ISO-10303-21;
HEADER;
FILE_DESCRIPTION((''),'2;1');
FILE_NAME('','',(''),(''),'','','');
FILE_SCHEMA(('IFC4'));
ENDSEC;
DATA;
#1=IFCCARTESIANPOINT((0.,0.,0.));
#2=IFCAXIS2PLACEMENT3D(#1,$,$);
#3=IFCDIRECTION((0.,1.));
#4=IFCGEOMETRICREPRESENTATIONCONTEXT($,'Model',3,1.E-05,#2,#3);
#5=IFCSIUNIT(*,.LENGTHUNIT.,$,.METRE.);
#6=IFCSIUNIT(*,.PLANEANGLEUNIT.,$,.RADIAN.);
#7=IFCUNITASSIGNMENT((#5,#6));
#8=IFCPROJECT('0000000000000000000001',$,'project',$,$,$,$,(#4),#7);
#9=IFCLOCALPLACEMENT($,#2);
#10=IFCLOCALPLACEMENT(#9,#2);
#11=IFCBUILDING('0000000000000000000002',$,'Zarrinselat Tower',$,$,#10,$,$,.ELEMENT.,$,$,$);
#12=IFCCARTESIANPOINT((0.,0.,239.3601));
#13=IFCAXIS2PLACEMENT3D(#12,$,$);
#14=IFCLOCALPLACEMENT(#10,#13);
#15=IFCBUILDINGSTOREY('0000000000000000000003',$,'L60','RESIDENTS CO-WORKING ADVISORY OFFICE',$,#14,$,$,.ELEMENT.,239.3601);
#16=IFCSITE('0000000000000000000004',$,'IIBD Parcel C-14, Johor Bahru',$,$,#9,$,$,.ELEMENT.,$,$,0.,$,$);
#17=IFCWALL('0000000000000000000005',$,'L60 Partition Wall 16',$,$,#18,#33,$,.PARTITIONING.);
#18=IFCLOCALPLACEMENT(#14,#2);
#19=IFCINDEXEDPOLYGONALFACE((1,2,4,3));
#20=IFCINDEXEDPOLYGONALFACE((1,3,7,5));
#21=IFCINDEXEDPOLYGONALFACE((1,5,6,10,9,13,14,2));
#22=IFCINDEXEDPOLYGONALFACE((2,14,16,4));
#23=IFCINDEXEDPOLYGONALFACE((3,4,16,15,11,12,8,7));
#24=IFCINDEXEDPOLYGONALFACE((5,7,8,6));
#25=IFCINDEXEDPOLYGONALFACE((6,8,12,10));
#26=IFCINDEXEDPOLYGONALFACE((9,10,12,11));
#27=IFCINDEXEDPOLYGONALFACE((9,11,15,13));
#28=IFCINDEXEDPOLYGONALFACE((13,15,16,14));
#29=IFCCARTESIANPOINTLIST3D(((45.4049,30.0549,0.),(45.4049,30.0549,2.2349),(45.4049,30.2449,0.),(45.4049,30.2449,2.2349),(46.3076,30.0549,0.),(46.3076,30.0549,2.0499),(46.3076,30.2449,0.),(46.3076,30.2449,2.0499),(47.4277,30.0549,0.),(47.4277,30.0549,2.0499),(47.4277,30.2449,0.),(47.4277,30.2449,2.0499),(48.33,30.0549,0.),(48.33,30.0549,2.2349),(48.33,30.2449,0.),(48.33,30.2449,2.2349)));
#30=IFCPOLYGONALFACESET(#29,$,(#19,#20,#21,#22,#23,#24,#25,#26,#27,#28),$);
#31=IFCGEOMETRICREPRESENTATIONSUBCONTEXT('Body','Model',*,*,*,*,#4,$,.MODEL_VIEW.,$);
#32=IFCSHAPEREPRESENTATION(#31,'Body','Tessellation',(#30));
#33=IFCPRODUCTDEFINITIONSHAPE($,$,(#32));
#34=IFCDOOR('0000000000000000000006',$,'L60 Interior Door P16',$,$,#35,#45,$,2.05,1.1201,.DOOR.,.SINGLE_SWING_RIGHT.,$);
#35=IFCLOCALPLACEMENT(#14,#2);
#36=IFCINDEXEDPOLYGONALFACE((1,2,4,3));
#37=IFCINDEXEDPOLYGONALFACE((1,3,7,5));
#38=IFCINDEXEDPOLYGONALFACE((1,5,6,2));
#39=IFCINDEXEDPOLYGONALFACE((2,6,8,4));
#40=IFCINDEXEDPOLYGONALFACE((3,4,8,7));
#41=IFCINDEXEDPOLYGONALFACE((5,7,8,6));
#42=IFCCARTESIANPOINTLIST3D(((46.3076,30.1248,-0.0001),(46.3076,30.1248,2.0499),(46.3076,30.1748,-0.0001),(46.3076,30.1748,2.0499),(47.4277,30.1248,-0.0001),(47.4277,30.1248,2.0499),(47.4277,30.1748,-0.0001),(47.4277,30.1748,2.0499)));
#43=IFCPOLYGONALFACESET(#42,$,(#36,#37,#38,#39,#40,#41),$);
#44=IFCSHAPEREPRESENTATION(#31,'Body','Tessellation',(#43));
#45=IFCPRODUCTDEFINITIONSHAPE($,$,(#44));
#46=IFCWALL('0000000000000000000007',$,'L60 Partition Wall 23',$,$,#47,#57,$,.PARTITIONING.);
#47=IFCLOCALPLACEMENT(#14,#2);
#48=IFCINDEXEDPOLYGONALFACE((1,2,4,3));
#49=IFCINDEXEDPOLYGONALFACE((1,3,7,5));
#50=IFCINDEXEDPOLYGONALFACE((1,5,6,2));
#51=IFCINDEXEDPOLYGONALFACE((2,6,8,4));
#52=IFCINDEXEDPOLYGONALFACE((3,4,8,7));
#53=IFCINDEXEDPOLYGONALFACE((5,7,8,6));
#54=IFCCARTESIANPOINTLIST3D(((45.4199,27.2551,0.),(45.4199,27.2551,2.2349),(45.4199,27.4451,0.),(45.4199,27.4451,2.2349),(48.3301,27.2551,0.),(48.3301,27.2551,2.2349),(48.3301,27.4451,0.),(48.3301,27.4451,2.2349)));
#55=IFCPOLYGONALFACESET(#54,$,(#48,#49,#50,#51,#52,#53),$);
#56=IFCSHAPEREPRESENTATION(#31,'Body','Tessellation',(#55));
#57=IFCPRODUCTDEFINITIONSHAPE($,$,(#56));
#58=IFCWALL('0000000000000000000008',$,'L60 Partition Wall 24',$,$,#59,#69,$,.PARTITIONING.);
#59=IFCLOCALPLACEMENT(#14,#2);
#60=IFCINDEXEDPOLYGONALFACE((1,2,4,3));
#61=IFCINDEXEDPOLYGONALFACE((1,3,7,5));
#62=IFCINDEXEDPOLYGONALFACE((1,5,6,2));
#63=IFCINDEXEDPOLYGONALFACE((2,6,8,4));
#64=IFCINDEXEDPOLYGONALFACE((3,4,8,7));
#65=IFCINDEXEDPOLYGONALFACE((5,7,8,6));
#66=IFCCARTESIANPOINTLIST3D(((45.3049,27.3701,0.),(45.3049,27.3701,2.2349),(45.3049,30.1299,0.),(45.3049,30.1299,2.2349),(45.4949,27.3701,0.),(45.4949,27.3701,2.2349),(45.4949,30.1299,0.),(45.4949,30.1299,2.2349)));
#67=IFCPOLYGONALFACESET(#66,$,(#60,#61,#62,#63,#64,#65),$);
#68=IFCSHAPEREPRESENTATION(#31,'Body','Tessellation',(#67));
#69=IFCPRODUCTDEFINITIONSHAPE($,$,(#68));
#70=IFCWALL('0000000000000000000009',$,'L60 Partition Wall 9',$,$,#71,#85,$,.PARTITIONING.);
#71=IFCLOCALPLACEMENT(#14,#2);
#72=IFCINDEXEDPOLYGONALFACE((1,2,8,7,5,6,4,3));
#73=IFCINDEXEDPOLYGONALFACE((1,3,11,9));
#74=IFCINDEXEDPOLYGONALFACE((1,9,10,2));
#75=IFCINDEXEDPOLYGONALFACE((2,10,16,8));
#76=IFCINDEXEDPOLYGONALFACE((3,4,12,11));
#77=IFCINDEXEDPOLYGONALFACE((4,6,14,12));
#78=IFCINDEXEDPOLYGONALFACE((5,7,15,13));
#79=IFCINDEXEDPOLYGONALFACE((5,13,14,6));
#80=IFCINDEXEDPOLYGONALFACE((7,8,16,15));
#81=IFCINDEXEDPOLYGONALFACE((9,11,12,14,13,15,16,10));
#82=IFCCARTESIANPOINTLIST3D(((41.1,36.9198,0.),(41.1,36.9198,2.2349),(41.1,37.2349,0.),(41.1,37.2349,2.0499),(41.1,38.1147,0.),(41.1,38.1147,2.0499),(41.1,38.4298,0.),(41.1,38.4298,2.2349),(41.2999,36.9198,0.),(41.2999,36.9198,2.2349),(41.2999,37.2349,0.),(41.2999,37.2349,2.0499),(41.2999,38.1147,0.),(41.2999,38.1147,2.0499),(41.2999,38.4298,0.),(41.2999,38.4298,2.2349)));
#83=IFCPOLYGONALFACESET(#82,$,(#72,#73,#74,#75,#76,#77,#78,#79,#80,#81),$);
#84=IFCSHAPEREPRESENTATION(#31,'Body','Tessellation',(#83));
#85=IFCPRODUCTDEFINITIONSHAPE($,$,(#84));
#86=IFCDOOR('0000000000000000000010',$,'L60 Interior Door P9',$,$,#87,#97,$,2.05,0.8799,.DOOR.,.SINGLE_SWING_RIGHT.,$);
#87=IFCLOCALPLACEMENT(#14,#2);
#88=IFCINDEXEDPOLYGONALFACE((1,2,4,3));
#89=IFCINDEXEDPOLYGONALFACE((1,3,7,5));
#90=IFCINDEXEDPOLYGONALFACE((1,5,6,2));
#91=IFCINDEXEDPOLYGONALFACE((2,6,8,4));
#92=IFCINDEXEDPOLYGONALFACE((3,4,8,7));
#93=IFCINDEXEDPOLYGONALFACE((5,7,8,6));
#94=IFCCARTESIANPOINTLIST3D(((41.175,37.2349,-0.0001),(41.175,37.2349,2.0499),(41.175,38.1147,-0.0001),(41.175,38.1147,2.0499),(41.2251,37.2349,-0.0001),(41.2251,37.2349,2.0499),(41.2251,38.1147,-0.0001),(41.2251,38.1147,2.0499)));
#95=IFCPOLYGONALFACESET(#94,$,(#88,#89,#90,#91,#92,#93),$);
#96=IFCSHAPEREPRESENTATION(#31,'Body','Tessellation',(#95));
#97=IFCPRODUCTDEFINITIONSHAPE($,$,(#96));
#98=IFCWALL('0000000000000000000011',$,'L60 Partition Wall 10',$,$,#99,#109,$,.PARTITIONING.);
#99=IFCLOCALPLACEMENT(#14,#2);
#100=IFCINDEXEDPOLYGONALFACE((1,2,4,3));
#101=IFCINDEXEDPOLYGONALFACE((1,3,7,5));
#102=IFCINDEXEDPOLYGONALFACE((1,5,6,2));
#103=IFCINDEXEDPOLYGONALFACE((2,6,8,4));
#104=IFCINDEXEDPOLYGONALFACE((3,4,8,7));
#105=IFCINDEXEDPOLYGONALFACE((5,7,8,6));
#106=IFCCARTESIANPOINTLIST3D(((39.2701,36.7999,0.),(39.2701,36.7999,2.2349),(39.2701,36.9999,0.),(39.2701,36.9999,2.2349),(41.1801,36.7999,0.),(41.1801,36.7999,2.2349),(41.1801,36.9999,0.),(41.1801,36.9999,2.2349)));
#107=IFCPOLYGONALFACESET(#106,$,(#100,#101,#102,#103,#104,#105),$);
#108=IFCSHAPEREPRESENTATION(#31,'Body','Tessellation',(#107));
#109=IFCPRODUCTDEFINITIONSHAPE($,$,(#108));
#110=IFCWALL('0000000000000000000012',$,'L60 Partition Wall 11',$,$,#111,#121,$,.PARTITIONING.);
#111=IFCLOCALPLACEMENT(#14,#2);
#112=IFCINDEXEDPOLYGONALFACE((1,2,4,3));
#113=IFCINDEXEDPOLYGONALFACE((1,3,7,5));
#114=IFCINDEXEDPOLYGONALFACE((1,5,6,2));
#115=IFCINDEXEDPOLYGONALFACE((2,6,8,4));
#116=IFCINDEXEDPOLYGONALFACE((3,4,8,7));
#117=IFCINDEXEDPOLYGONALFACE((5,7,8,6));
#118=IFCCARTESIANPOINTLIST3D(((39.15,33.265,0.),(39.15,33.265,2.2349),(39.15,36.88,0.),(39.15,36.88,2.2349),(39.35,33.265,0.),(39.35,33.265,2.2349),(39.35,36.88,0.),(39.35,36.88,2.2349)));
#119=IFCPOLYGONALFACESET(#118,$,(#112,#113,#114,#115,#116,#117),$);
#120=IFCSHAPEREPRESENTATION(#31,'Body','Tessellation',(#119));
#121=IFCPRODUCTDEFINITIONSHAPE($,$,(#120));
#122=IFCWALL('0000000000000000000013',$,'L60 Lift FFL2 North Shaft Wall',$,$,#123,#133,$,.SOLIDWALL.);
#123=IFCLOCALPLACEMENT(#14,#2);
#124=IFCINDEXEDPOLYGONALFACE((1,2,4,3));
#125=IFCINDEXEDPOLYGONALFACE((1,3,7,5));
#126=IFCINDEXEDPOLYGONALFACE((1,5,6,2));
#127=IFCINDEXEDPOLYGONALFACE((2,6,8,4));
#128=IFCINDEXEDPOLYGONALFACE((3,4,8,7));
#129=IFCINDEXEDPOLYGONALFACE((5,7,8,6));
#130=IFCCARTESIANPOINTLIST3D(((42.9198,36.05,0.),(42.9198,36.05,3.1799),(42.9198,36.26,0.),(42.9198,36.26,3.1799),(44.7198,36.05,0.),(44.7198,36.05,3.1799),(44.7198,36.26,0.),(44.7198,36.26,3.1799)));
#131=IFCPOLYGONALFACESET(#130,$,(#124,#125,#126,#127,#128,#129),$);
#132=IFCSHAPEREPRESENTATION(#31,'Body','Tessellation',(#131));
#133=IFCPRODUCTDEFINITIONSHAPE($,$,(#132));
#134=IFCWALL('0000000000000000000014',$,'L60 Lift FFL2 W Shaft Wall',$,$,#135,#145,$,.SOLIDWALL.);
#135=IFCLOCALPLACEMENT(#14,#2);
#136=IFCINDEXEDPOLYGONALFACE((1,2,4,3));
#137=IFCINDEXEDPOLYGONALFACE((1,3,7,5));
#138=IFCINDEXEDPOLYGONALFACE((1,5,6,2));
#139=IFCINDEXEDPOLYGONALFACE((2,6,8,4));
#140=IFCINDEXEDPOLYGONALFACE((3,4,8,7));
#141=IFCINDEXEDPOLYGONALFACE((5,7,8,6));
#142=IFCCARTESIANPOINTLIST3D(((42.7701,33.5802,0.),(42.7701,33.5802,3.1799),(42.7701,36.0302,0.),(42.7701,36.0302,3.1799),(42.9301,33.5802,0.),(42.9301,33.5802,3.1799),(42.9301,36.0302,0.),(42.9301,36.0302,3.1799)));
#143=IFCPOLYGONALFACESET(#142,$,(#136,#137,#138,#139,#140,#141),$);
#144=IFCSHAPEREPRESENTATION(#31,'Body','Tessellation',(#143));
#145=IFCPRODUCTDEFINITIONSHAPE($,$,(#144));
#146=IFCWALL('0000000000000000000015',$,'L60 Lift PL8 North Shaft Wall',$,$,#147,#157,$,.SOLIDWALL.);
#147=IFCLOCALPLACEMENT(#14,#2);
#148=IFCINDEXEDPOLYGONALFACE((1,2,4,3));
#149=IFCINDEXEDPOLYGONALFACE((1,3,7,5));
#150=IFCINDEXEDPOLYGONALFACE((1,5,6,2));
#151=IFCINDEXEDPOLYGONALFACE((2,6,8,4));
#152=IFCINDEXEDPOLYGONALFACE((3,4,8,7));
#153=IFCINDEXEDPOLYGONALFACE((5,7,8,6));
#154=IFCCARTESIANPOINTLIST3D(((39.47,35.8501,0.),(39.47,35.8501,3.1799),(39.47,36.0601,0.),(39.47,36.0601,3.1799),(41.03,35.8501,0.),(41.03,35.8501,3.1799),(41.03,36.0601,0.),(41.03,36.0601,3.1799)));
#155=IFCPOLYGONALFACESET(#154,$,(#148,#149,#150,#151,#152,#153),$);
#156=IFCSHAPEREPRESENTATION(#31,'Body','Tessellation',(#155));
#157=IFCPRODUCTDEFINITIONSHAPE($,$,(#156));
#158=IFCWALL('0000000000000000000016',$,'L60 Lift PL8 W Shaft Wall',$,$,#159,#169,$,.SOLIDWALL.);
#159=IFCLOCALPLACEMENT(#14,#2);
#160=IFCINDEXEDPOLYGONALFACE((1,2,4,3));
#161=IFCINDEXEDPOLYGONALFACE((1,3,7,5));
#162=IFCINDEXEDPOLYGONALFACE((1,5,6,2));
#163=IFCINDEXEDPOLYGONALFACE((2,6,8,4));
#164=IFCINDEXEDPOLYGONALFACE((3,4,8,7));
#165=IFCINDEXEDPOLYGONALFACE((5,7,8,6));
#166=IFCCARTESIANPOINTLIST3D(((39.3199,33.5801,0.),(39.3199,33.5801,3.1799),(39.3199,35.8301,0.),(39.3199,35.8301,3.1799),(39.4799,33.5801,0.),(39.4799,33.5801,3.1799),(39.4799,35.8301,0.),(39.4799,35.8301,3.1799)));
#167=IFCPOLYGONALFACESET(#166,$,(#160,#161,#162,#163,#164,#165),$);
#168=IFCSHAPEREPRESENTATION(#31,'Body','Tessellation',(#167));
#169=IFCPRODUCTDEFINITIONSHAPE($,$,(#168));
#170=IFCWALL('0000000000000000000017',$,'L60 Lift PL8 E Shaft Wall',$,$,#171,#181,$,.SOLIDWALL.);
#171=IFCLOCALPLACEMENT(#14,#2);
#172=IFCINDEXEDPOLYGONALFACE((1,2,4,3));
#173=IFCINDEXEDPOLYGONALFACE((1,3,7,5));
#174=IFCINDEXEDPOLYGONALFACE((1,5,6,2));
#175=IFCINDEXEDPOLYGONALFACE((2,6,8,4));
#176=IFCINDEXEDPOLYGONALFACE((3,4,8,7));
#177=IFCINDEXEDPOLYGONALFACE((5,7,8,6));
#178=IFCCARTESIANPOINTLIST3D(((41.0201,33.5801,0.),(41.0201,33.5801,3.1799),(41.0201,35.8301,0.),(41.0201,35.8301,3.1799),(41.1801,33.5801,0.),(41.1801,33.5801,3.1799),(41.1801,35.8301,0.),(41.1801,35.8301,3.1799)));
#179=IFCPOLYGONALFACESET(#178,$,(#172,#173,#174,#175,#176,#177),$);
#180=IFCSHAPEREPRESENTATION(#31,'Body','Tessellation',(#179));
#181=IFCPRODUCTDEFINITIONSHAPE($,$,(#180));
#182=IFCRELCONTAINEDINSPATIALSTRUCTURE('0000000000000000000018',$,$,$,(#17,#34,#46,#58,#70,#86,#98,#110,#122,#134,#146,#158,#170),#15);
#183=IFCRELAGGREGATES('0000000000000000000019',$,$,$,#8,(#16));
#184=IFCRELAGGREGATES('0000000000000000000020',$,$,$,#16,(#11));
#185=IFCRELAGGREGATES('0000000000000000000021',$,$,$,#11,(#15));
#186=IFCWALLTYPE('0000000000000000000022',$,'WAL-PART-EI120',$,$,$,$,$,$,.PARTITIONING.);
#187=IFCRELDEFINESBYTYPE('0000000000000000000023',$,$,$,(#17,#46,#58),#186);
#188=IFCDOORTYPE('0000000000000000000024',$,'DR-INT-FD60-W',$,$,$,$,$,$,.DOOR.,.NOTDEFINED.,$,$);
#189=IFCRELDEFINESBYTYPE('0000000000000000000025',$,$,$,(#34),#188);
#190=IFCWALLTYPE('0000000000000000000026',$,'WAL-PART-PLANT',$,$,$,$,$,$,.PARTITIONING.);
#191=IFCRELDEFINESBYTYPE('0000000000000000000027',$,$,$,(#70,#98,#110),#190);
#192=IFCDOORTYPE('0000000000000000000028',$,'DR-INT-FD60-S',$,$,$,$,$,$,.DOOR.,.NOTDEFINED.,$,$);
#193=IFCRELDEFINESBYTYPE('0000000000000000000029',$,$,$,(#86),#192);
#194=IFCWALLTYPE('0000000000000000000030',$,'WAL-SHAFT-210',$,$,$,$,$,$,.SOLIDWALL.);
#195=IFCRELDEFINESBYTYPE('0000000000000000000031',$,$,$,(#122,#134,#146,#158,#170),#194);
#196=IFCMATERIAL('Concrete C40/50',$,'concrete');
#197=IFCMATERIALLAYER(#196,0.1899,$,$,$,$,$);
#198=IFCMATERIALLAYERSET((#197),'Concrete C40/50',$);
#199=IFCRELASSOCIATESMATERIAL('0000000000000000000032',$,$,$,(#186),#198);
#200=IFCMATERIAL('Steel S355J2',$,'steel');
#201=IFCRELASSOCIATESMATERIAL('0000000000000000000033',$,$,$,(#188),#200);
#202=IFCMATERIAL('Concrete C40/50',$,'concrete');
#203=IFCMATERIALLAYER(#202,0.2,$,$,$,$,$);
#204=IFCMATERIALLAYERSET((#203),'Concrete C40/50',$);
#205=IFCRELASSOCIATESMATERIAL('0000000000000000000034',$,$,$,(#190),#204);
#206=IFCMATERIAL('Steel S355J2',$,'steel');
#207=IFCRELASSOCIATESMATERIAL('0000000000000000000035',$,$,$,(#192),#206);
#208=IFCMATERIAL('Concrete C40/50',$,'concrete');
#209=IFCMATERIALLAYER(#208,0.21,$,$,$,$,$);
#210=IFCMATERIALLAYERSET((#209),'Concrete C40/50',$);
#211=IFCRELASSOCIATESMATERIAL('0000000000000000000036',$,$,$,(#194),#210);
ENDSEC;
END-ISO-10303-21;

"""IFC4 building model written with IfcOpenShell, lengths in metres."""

from ifc_helpers import new_model, si_unit, direction, frame, frame_2d, origin, place, context, subcontext, project, spatial, rectangle, extrude, material, layer, layer_set, type_object, element, fill, save


model = new_model("IFC4")

# Units and contexts
model_context = context("Model", 3, precision=1e-05, world=origin(), true_north=direction((0.0, 1.0)))
body_context = subcontext(model_context, "Body", "Model", "MODEL_VIEW")
ifc_project = project(units=[si_unit("LENGTHUNIT", "METRE"), si_unit("PLANEANGLEUNIT", "RADIAN")], contexts=[model_context])

# Site, building, storey
site_placement = place(None, origin())
site = spatial("IfcSite", under=ifc_project, at=site_placement, Name="IIBD Parcel C-14, Johor Bahru", CompositionType="ELEMENT", RefElevation=0.0)
building_placement = place(site_placement, origin())
building = spatial("IfcBuilding", under=site, at=building_placement, Name="Zarrinselat Tower", CompositionType="ELEMENT")
storey_placement = place(building_placement, frame((0.0, 0.0, 239.3601)))
storey = spatial("IfcBuildingStorey", under=building, at=storey_placement, Name="L60", Description="RESIDENTS CO-WORKING ADVISORY OFFICE", CompositionType="ELEMENT", Elevation=239.3601)

# Wall, opening, door
ifc_material_1 = material(Name="Concrete C40/50", Category="concrete")
ifc_layer_1 = layer(ifc_material_1, 0.1899)
ifc_layer_set_1 = layer_set([ifc_layer_1], Name="Concrete C40/50")
wall_type_1 = type_object("IfcWallType", Name="WAL-PART-EI120", PredefinedType="PARTITIONING", material=ifc_layer_set_1)
wall_1_placement = place(storey_placement, frame((45.405, 30.1499, 0.0), z_axis=(0.0, 0.0, 1.0), x_axis=(1.0, 0.0, 0.0)))
wall_1 = element("IfcWall", 1, at=wall_1_placement, inside=storey, type_object=wall_type_1, Name="L60 Partition Wall 16", PredefinedType="PARTITIONING", context=body_context, shape_type="SweptSolid", body=[
    extrude(rectangle(XDim=2.925, YDim=0.1899, at=frame_2d((1.4624, 0.0))), origin(), (0.0, 0.0, 1.0), 2.2349),
])
opening_1_placement = place(wall_1_placement, frame((0.9026, 0.0, 0.0)))
opening_1 = element("IfcOpeningElement", 2, at=opening_1_placement, cuts=wall_1, PredefinedType="OPENING", context=body_context, shape_type="SweptSolid", body=[
    extrude(rectangle(XDim=1.1201, YDim=2.05, at=frame_2d((0.5601, 1.0249))), frame((0.0, 0.105, 0.0), z_axis=(0.0, -1.0, 0.0), x_axis=(1.0, 0.0, 0.0)), (0.0, 0.0, 1.0), 0.21),
])
ifc_material_2 = material(Name="Steel S355J2", Category="steel")
door_type_1 = type_object("IfcDoorType", Name="DR-INT-FD60-W", OperationType="NOTDEFINED", PredefinedType="DOOR", material=ifc_material_2)
door_1_placement = place(opening_1_placement, origin())
door_1 = element("IfcDoor", 3, at=door_1_placement, inside=storey, type_object=door_type_1, Name="L60 Interior Door P16", OperationType="SINGLE_SWING_RIGHT", OverallHeight=2.05, OverallWidth=1.1201, PredefinedType="DOOR", context=body_context, shape_type="SweptSolid", body=[
    extrude(rectangle(XDim=1.1201, YDim=2.05, at=frame_2d((0.5601, 1.0249))), frame((0.0, 0.0249, 0.0), z_axis=(0.0, -1.0, 0.0), x_axis=(1.0, 0.0, 0.0)), (0.0, 0.0, 1.0), 0.05),
])
fill(opening_1, door_1)

# Walls
wall_2_placement = place(storey_placement, frame((45.4199, 27.3501, 0.0), z_axis=(0.0, 0.0, 1.0), x_axis=(1.0, 0.0, 0.0)))
element("IfcWall", 4, at=wall_2_placement, inside=storey, type_object=wall_type_1, Name="L60 Partition Wall 23", PredefinedType="PARTITIONING", context=body_context, shape_type="SweptSolid", body=[
    extrude(rectangle(XDim=2.9102, YDim=0.1899, at=frame_2d((1.4551, 0.0))), origin(), (0.0, 0.0, 1.0), 2.2349),
])
wall_3_placement = place(storey_placement, frame((45.3999, 27.3701, 0.0), z_axis=(0.0, 0.0, 1.0), x_axis=(0.0, 1.0, 0.0)))
element("IfcWall", 5, at=wall_3_placement, inside=storey, type_object=wall_type_1, Name="L60 Partition Wall 24", PredefinedType="PARTITIONING", context=body_context, shape_type="SweptSolid", body=[
    extrude(rectangle(XDim=2.7598, YDim=0.1899, at=frame_2d((1.3799, 0.0))), origin(), (0.0, 0.0, 1.0), 2.2349),
])

# Wall, opening, door
ifc_material_3 = material(Name="Concrete C40/50", Category="concrete")
ifc_layer_2 = layer(ifc_material_3, 0.2)
ifc_layer_set_2 = layer_set([ifc_layer_2], Name="Concrete C40/50")
wall_type_2 = type_object("IfcWallType", Name="WAL-PART-PLANT", PredefinedType="PARTITIONING", material=ifc_layer_set_2)
wall_4_placement = place(storey_placement, frame((41.2, 36.9199, 0.0), z_axis=(0.0, 0.0, 1.0), x_axis=(0.0, 1.0, 0.0)))
wall_4 = element("IfcWall", 6, at=wall_4_placement, inside=storey, type_object=wall_type_2, Name="L60 Partition Wall 9", PredefinedType="PARTITIONING", context=body_context, shape_type="SweptSolid", body=[
    extrude(rectangle(XDim=1.51, YDim=0.2, at=frame_2d((0.7549, 0.0))), origin(), (0.0, 0.0, 1.0), 2.2349),
])
opening_2_placement = place(wall_4_placement, frame((0.3149, 0.0, 0.0)))
opening_2 = element("IfcOpeningElement", 7, at=opening_2_placement, cuts=wall_4, PredefinedType="OPENING", context=body_context, shape_type="SweptSolid", body=[
    extrude(rectangle(XDim=0.8799, YDim=2.05, at=frame_2d((0.4399, 1.0249))), frame((0.0, 0.1099, 0.0), z_axis=(0.0, -1.0, 0.0), x_axis=(1.0, 0.0, 0.0)), (0.0, 0.0, 1.0), 0.22),
])
ifc_material_4 = material(Name="Steel S355J2", Category="steel")
door_type_2 = type_object("IfcDoorType", Name="DR-INT-FD60-S", OperationType="NOTDEFINED", PredefinedType="DOOR", material=ifc_material_4)
door_2_placement = place(opening_2_placement, origin())
door_2 = element("IfcDoor", 8, at=door_2_placement, inside=storey, type_object=door_type_2, Name="L60 Interior Door P9", OperationType="SINGLE_SWING_RIGHT", OverallHeight=2.05, OverallWidth=0.8799, PredefinedType="DOOR", context=body_context, shape_type="SweptSolid", body=[
    extrude(rectangle(XDim=0.8799, YDim=2.05, at=frame_2d((0.4399, 1.0249))), frame((0.0, 0.0249, 0.0), z_axis=(0.0, -1.0, 0.0), x_axis=(1.0, 0.0, 0.0)), (0.0, 0.0, 1.0), 0.05),
])
fill(opening_2, door_2)

# Walls
wall_5_placement = place(storey_placement, frame((39.27, 36.8999, 0.0), z_axis=(0.0, 0.0, 1.0), x_axis=(1.0, 0.0, 0.0)))
element("IfcWall", 9, at=wall_5_placement, inside=storey, type_object=wall_type_2, Name="L60 Partition Wall 10", PredefinedType="PARTITIONING", context=body_context, shape_type="SweptSolid", body=[
    extrude(rectangle(XDim=1.9099, YDim=0.2, at=frame_2d((0.9551, 0.0))), origin(), (0.0, 0.0, 1.0), 2.2349),
])
wall_6_placement = place(storey_placement, frame((39.25, 33.2649, 0.0), z_axis=(0.0, 0.0, 1.0), x_axis=(0.0, 1.0, 0.0)))
element("IfcWall", 10, at=wall_6_placement, inside=storey, type_object=wall_type_2, Name="L60 Partition Wall 11", PredefinedType="PARTITIONING", context=body_context, shape_type="SweptSolid", body=[
    extrude(rectangle(XDim=3.615, YDim=0.2, at=frame_2d((1.8076, 0.0))), origin(), (0.0, 0.0, 1.0), 2.2349),
])
ifc_material_5 = material(Name="Concrete C40/50", Category="concrete")
ifc_layer_3 = layer(ifc_material_5, 0.21)
ifc_layer_set_3 = layer_set([ifc_layer_3], Name="Concrete C40/50")
wall_type_3 = type_object("IfcWallType", Name="WAL-SHAFT-210", PredefinedType="SOLIDWALL", material=ifc_layer_set_3)
wall_7_placement = place(storey_placement, frame((42.9199, 36.155, 0.0), z_axis=(0.0, 0.0, 1.0), x_axis=(1.0, 0.0, 0.0)))
element("IfcWall", 11, at=wall_7_placement, inside=storey, type_object=wall_type_3, Name="L60 Lift FFL2 North Shaft Wall", PredefinedType="SOLIDWALL", context=body_context, shape_type="SweptSolid", body=[
    extrude(rectangle(XDim=1.8, YDim=0.21, at=frame_2d((0.8999, 0.0))), origin(), (0.0, 0.0, 1.0), 3.1799),
])
wall_8_placement = place(storey_placement, frame((42.8501, 33.5801, 0.0), z_axis=(0.0, 0.0, 1.0), x_axis=(0.0, 1.0, 0.0)))
element("IfcWall", 12, at=wall_8_placement, inside=storey, type_object=wall_type_3, Name="L60 Lift FFL2 W Shaft Wall", PredefinedType="SOLIDWALL", context=body_context, shape_type="SweptSolid", body=[
    extrude(rectangle(XDim=2.45, YDim=0.1599, at=frame_2d((1.2251, 0.0))), origin(), (0.0, 0.0, 1.0), 3.1799),
])
wall_9_placement = place(storey_placement, frame((39.47, 35.9551, 0.0), z_axis=(0.0, 0.0, 1.0), x_axis=(1.0, 0.0, 0.0)))
element("IfcWall", 13, at=wall_9_placement, inside=storey, type_object=wall_type_3, Name="L60 Lift PL8 North Shaft Wall", PredefinedType="SOLIDWALL", context=body_context, shape_type="SweptSolid", body=[
    extrude(rectangle(XDim=1.5601, YDim=0.21, at=frame_2d((0.78, 0.0))), origin(), (0.0, 0.0, 1.0), 3.1799),
])
for number, where, z_axis, x_axis, name in (
    (14, (39.3999, 33.5801, 0.0), (0.0, 0.0, 1.0), (0.0, 1.0, 0.0), "L60 Lift PL8 W Shaft Wall"),
    (15, (41.1001, 33.5801, 0.0), (0.0, 0.0, 1.0), (0.0, 1.0, 0.0), "L60 Lift PL8 E Shaft Wall"),
):
    element("IfcWall", number, at=place(storey_placement, frame(where, z_axis=z_axis, x_axis=x_axis)), inside=storey, type_object=wall_type_3, Name=name, PredefinedType="SOLIDWALL", context=body_context, shape_type="SweptSolid", body=[
        extrude(rectangle(XDim=2.25, YDim=0.1599, at=frame_2d((1.125, 0.0))), origin(), (0.0, 0.0, 1.0), 3.1799),
    ])

save(model, "model.ifc")
